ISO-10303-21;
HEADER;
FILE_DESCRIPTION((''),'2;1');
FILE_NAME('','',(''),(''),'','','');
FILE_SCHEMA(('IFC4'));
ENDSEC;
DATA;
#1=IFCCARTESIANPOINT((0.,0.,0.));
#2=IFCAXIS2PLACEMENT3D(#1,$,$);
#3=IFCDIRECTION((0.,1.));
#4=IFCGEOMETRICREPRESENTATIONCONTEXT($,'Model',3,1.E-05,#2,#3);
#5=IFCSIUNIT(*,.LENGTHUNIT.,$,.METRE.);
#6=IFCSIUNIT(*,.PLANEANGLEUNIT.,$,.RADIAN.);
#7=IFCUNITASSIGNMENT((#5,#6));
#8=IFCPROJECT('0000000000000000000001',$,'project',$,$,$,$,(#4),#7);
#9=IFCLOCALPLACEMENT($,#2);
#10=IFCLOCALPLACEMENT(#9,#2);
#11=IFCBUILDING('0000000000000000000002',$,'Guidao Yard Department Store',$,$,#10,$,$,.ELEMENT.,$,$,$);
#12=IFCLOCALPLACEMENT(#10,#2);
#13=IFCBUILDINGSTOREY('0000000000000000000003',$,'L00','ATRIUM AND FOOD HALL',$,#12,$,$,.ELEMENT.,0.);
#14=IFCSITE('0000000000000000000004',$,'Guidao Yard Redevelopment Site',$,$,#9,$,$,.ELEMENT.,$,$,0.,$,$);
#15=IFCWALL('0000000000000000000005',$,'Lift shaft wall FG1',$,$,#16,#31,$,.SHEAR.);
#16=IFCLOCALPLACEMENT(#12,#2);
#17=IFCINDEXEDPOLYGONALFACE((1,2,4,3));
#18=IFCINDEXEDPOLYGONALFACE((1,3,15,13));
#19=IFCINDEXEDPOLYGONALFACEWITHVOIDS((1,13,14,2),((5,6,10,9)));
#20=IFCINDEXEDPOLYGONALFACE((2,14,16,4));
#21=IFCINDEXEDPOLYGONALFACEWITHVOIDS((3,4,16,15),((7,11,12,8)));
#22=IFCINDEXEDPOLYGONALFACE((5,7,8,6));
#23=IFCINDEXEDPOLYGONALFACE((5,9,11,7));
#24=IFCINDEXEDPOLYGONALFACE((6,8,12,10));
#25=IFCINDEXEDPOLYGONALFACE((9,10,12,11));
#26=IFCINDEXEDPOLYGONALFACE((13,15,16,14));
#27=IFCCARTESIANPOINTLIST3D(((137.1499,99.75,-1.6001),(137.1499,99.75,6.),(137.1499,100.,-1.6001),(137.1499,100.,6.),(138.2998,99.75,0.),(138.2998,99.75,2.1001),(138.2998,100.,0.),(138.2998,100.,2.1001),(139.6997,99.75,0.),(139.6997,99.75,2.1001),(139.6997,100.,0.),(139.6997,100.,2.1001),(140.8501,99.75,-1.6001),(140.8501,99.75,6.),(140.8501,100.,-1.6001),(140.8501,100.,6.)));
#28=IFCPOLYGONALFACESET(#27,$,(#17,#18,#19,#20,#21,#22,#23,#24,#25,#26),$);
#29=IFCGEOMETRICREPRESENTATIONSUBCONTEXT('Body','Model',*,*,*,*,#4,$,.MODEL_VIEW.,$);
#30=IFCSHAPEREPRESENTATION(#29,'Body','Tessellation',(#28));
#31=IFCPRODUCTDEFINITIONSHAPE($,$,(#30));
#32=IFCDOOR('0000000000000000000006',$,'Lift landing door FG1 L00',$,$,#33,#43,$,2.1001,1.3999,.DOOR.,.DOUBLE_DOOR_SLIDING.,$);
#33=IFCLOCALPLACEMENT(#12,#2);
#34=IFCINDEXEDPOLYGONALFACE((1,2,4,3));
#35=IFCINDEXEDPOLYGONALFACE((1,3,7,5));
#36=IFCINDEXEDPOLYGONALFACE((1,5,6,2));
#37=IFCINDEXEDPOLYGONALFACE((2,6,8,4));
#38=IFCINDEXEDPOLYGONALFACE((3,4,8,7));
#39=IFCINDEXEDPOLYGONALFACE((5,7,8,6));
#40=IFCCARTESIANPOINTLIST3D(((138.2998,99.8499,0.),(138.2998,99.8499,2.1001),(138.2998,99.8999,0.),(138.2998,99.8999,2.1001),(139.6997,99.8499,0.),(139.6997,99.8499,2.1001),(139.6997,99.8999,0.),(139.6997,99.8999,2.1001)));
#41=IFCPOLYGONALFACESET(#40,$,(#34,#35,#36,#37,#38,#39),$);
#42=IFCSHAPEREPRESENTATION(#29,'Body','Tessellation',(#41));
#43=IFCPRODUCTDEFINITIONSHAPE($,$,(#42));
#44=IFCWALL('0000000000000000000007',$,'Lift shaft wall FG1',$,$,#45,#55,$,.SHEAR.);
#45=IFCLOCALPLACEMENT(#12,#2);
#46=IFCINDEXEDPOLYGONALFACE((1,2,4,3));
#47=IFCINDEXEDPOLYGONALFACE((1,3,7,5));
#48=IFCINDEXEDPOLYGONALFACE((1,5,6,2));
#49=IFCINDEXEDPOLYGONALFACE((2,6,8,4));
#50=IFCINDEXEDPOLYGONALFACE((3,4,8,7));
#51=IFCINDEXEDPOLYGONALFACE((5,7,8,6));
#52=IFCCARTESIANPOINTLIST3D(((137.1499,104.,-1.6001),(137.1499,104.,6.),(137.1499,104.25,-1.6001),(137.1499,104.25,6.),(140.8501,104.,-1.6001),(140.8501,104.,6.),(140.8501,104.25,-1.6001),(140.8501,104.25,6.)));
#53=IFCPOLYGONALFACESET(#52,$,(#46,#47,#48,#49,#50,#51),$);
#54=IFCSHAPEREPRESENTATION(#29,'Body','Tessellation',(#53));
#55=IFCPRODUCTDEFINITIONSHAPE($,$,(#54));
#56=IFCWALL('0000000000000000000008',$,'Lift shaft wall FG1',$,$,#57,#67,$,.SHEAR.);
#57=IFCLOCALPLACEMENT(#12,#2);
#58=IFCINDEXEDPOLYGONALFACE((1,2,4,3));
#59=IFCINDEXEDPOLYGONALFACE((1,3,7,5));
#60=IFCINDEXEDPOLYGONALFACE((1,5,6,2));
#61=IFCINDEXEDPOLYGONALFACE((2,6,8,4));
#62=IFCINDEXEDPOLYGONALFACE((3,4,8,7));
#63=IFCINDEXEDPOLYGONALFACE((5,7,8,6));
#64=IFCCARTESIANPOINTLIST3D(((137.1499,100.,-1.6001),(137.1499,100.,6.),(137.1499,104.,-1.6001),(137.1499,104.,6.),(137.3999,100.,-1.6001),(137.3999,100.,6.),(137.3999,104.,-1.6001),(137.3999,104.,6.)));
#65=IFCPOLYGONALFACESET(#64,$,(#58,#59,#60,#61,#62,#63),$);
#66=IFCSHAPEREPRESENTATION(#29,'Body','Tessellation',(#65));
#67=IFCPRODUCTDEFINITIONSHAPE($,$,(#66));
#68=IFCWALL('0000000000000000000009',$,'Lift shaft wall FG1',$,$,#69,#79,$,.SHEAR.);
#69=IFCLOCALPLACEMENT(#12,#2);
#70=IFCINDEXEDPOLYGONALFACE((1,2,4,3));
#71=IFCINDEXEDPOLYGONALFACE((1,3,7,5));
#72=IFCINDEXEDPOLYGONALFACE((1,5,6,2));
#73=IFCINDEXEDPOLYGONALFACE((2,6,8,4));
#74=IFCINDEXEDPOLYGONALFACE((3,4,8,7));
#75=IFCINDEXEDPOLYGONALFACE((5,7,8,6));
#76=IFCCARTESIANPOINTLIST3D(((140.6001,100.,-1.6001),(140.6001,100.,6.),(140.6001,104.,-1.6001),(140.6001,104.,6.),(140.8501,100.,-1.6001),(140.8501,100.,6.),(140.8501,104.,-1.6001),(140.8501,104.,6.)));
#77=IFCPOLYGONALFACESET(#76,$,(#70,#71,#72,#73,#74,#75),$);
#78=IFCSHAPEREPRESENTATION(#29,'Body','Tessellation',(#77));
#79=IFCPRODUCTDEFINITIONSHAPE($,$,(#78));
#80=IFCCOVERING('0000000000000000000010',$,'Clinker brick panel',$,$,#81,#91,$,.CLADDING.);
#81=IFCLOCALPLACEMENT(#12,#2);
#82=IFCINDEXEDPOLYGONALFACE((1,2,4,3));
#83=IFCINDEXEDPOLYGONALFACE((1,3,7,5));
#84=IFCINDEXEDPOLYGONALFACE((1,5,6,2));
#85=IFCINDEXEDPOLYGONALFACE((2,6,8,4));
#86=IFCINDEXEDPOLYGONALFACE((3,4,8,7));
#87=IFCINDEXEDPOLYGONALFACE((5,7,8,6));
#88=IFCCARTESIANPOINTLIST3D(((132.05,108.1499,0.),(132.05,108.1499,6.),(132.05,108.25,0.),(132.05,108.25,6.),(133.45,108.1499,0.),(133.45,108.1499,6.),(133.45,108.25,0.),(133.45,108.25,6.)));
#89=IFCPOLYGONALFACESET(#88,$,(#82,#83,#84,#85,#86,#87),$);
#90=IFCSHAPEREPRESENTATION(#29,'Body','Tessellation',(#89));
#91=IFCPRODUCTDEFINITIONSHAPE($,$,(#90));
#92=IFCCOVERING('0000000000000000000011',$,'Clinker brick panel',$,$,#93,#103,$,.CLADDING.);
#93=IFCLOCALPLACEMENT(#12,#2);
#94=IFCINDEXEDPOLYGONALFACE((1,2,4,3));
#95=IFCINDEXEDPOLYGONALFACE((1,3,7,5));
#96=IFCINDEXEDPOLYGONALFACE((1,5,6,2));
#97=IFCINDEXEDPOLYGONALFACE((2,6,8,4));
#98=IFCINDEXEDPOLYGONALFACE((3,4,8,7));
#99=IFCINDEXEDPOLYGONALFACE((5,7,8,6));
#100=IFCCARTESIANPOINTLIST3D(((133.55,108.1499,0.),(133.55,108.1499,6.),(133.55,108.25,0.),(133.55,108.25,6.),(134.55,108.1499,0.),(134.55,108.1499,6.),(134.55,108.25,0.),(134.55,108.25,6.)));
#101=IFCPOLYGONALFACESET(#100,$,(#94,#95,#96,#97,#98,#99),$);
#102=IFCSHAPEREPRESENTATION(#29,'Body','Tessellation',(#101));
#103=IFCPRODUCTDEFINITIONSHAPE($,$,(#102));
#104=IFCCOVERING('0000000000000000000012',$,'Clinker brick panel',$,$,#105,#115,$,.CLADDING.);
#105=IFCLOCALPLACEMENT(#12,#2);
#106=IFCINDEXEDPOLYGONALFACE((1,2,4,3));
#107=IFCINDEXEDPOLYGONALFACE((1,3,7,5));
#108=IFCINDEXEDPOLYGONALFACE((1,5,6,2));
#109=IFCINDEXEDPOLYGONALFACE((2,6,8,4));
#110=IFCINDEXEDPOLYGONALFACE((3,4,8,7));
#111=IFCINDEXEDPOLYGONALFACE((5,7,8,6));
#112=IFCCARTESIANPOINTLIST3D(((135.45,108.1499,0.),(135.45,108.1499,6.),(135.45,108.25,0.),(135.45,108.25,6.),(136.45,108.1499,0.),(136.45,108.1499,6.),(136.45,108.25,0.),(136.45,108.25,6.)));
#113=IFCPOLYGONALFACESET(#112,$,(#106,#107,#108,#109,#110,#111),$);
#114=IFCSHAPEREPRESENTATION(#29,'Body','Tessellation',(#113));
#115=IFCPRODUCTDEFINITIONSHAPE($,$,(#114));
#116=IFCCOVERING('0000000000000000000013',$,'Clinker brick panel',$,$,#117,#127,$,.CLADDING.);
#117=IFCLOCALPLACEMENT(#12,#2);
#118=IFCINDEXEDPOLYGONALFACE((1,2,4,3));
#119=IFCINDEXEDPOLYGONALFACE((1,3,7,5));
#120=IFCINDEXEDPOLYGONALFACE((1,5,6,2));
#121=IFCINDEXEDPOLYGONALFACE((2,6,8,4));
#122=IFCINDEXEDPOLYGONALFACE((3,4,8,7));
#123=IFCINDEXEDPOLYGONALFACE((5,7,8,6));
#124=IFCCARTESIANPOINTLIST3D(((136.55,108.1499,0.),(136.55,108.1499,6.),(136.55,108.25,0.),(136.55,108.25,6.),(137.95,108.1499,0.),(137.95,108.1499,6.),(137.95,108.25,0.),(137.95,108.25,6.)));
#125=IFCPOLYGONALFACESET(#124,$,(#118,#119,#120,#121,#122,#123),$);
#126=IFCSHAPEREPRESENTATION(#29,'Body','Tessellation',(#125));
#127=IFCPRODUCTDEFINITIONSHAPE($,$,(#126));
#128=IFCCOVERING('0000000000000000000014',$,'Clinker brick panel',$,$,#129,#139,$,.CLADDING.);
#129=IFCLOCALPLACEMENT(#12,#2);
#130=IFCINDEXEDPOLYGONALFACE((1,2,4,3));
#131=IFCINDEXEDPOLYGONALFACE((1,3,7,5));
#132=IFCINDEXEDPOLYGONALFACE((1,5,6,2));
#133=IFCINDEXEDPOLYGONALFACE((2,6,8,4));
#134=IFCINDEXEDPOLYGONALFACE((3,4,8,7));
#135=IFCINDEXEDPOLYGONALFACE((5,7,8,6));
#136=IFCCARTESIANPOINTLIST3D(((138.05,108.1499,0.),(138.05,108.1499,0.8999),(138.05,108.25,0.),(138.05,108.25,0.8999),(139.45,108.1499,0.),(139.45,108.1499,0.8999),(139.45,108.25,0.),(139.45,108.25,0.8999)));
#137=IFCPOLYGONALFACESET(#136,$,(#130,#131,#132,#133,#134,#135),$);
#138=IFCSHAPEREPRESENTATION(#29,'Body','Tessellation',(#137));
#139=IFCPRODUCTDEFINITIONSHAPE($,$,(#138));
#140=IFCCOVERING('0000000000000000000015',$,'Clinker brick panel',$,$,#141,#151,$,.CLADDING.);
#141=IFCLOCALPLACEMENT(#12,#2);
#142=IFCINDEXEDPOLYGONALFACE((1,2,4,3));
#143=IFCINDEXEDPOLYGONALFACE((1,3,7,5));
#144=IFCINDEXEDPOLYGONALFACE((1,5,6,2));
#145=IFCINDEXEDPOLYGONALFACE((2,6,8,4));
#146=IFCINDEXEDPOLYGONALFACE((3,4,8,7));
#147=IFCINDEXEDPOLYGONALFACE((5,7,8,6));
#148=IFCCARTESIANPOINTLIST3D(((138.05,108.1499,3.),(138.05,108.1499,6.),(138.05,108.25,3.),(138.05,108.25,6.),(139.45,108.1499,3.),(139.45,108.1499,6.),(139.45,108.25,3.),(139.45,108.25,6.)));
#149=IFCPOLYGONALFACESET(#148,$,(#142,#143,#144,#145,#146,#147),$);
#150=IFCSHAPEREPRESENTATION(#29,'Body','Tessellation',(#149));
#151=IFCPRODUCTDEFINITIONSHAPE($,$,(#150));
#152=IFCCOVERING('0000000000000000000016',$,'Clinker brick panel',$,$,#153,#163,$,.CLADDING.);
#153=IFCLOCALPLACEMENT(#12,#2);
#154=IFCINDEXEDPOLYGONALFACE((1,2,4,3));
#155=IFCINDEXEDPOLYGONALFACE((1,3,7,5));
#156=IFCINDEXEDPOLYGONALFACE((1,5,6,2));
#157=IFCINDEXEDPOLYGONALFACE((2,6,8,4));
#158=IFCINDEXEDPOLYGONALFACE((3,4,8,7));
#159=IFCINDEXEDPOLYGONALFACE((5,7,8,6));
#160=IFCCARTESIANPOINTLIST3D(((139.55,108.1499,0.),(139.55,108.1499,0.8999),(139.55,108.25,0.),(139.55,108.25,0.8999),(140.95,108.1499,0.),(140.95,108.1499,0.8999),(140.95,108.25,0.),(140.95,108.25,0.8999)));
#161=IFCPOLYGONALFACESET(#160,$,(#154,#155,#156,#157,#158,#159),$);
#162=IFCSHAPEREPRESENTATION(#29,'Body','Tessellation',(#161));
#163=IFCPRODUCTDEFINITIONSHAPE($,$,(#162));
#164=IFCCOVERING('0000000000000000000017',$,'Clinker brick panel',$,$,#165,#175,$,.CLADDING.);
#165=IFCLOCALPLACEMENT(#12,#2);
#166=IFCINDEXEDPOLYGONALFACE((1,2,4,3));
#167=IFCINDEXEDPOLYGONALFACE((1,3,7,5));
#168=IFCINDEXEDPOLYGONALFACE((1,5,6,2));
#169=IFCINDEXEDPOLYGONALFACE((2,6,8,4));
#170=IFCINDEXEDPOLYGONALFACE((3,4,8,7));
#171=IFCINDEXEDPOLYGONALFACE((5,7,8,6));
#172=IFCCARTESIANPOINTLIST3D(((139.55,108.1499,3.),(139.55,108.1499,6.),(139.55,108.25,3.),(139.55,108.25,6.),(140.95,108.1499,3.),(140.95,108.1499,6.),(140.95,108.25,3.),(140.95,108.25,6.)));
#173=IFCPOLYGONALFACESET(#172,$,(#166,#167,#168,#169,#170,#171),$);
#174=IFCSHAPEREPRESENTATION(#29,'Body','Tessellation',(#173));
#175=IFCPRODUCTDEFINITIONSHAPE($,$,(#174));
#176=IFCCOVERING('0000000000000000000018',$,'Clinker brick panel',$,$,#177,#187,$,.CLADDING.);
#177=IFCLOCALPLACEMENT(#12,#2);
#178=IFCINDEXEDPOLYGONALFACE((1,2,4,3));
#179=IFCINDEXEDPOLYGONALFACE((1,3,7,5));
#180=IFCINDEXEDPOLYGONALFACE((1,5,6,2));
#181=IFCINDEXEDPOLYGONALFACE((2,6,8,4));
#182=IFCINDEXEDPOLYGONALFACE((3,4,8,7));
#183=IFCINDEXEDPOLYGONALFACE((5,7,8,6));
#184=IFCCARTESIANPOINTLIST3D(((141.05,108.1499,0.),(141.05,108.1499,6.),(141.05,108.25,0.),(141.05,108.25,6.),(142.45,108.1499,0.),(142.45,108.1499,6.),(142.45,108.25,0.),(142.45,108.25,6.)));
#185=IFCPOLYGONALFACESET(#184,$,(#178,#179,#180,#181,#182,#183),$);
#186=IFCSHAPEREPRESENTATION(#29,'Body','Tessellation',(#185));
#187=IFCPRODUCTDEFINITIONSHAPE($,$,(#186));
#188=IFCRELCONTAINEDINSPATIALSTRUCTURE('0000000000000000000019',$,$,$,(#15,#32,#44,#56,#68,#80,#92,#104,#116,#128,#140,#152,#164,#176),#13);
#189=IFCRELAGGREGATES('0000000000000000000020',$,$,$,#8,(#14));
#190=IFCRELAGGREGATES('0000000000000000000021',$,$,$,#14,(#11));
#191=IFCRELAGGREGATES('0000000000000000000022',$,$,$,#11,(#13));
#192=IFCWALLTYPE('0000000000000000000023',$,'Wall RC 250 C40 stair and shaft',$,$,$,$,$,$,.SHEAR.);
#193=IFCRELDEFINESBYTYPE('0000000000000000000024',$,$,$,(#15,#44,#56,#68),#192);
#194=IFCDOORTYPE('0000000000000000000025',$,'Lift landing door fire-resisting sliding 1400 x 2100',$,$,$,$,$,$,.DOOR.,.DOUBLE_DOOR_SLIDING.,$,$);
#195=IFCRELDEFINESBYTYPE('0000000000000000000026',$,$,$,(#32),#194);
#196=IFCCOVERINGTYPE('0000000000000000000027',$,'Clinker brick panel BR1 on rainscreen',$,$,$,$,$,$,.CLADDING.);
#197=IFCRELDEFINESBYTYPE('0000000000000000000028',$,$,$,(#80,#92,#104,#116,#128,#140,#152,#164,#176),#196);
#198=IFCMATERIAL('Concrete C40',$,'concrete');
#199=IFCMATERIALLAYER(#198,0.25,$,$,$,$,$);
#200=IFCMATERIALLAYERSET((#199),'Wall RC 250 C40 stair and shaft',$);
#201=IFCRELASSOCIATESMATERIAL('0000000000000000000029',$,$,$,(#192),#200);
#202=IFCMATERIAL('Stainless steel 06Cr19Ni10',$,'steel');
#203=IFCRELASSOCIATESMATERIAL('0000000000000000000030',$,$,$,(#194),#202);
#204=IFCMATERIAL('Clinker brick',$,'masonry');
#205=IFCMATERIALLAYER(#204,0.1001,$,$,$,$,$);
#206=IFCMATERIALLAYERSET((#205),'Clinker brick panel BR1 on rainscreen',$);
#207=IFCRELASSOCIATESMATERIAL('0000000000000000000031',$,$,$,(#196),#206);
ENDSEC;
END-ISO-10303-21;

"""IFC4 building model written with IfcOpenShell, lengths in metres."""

from ifc_helpers import new_model, si_unit, direction, frame, frame_2d, origin, origin_2d, place, context, subcontext, project, spatial, rectangle, extrude, material, layer, layer_set, type_object, element, fill, save


model = new_model("IFC4")

# Units and contexts
model_context = context("Model", 3, precision=1e-05, world=origin(), true_north=direction((0.0, 1.0)))
body_context = subcontext(model_context, "Body", "Model", "MODEL_VIEW")
ifc_project = project(units=[si_unit("LENGTHUNIT", "METRE"), si_unit("PLANEANGLEUNIT", "RADIAN")], contexts=[model_context])

# Site, building, storey
site_placement = place(None, origin())
site = spatial("IfcSite", under=ifc_project, at=site_placement, Name="Guidao Yard Redevelopment Site", CompositionType="ELEMENT", RefElevation=0.0)
building_placement = place(site_placement, origin())
building = spatial("IfcBuilding", under=site, at=building_placement, Name="Guidao Yard Department Store", CompositionType="ELEMENT")
storey_placement = place(building_placement, origin())
storey = spatial("IfcBuildingStorey", under=building, at=storey_placement, Name="L00", Description="ATRIUM AND FOOD HALL", CompositionType="ELEMENT", Elevation=0.0)

# Wall, opening, door
ifc_material_1 = material(Name="Concrete C40", Category="concrete")
ifc_layer_1 = layer(ifc_material_1, 0.25)
ifc_layer_set_1 = layer_set([ifc_layer_1], Name="Wall RC 250 C40 stair and shaft")
wall_type_1 = type_object("IfcWallType", Name="Wall RC 250 C40 stair and shaft", PredefinedType="SHEAR", material=ifc_layer_set_1)
wall_1_placement = place(storey_placement, frame((137.1499, 99.875, -1.6001), z_axis=(0.0, 0.0, 1.0), x_axis=(1.0, 0.0, 0.0)))
wall_1 = element("IfcWall", 1, at=wall_1_placement, inside=storey, type_object=wall_type_1, Name="Lift shaft wall FG1", PredefinedType="SHEAR", context=body_context, shape_type="SweptSolid", body=[
    extrude(rectangle(XDim=3.7002, YDim=0.25, at=frame_2d((1.8501, 0.0))), origin(), (0.0, 0.0, 1.0), 7.6001),
])
opening_1_placement = place(wall_1_placement, frame((1.1499, 0.0, 1.6001)))
opening_1 = element("IfcOpeningElement", 2, at=opening_1_placement, cuts=wall_1, PredefinedType="OPENING", context=body_context, shape_type="SweptSolid", body=[
    extrude(rectangle(XDim=1.3999, YDim=2.1001, at=frame_2d((0.7, 1.05))), frame((0.0, 0.135, 0.0), z_axis=(0.0, -1.0, 0.0), x_axis=(1.0, 0.0, 0.0)), (0.0, 0.0, 1.0), 0.27),
])
ifc_material_2 = material(Name="Stainless steel 06Cr19Ni10", Category="steel")
door_type_1 = type_object("IfcDoorType", Name="Lift landing door fire-resisting sliding 1400 x 2100", OperationType="DOUBLE_DOOR_SLIDING", PredefinedType="DOOR", material=ifc_material_2)
door_1_placement = place(opening_1_placement, origin())
door_1 = element("IfcDoor", 3, at=door_1_placement, inside=storey, type_object=door_type_1, Name="Lift landing door FG1 L00", OperationType="DOUBLE_DOOR_SLIDING", OverallHeight=2.1001, OverallWidth=1.3999, PredefinedType="DOOR", context=body_context, shape_type="SweptSolid", body=[
    extrude(rectangle(XDim=1.3999, YDim=2.1001, at=frame_2d((0.7, 1.05))), frame((0.0, 0.0249, 0.0), z_axis=(0.0, -1.0, 0.0), x_axis=(1.0, 0.0, 0.0)), (0.0, 0.0, 1.0), 0.05),
])
fill(opening_1, door_1)

# Walls
wall_2_placement = place(storey_placement, frame((137.1499, 104.125, -1.6001), z_axis=(0.0, 0.0, 1.0), x_axis=(1.0, 0.0, 0.0)))
element("IfcWall", 4, at=wall_2_placement, inside=storey, type_object=wall_type_1, Name="Lift shaft wall FG1", PredefinedType="SHEAR", context=body_context, shape_type="SweptSolid", body=[
    extrude(rectangle(XDim=3.7002, YDim=0.25, at=frame_2d((1.8501, 0.0))), origin(), (0.0, 0.0, 1.0), 7.6001),
])
for number, where, z_axis, x_axis, name in (
    (5, (137.2749, 100.0, -1.6001), (0.0, 0.0, 1.0), (0.0, 1.0, 0.0), "Lift shaft wall FG1"),
    (6, (140.7251, 100.0, -1.6001), (0.0, 0.0, 1.0), (0.0, 1.0, 0.0), "Lift shaft wall FG1"),
):
    element("IfcWall", number, at=place(storey_placement, frame(where, z_axis=z_axis, x_axis=x_axis)), inside=storey, type_object=wall_type_1, Name=name, PredefinedType="SHEAR", context=body_context, shape_type="SweptSolid", body=[
        extrude(rectangle(XDim=4.0, YDim=0.25, at=frame_2d((2.0, 0.0))), origin(), (0.0, 0.0, 1.0), 7.6001),
    ])

# Coverings
ifc_material_3 = material(Name="Clinker brick", Category="masonry")
ifc_layer_2 = layer(ifc_material_3, 0.1001)
ifc_layer_set_2 = layer_set([ifc_layer_2], Name="Clinker brick panel BR1 on rainscreen")
covering_type = type_object("IfcCoveringType", Name="Clinker brick panel BR1 on rainscreen", PredefinedType="CLADDING", material=ifc_layer_set_2)
covering_1_placement = place(storey_placement, frame((132.75, 108.2, 0.0), z_axis=(0.0, 0.0, 1.0), x_axis=(1.0, 0.0, 0.0)))
element("IfcCovering", 7, at=covering_1_placement, inside=storey, type_object=covering_type, Name="Clinker brick panel", PredefinedType="CLADDING", context=body_context, shape_type="SweptSolid", body=[
    extrude(rectangle(XDim=1.3999, YDim=0.1001, at=origin_2d()), origin(), (0.0, 0.0, 1.0), 6.0),
])
for number, where, z_axis, x_axis, name in (
    (8, (134.05, 108.2, 0.0), (0.0, 0.0, 1.0), (1.0, 0.0, 0.0), "Clinker brick panel"),
    (9, (135.95, 108.2, 0.0), (0.0, 0.0, 1.0), (1.0, 0.0, 0.0), "Clinker brick panel"),
):
    element("IfcCovering", number, at=place(storey_placement, frame(where, z_axis=z_axis, x_axis=x_axis)), inside=storey, type_object=covering_type, Name=name, PredefinedType="CLADDING", context=body_context, shape_type="SweptSolid", body=[
        extrude(rectangle(XDim=1.0, YDim=0.1001, at=origin_2d()), origin(), (0.0, 0.0, 1.0), 6.0),
    ])
covering_2_placement = place(storey_placement, frame((137.25, 108.2, 0.0), z_axis=(0.0, 0.0, 1.0), x_axis=(1.0, 0.0, 0.0)))
element("IfcCovering", 10, at=covering_2_placement, inside=storey, type_object=covering_type, Name="Clinker brick panel", PredefinedType="CLADDING", context=body_context, shape_type="SweptSolid", body=[
    extrude(rectangle(XDim=1.3999, YDim=0.1001, at=origin_2d()), origin(), (0.0, 0.0, 1.0), 6.0),
])
covering_3_placement = place(storey_placement, frame((138.75, 108.2, 0.0), z_axis=(0.0, 0.0, 1.0), x_axis=(1.0, 0.0, 0.0)))
element("IfcCovering", 11, at=covering_3_placement, inside=storey, type_object=covering_type, Name="Clinker brick panel", PredefinedType="CLADDING", context=body_context, shape_type="SweptSolid", body=[
    extrude(rectangle(XDim=1.3999, YDim=0.1001, at=origin_2d()), origin(), (0.0, 0.0, 1.0), 0.8999),
])
covering_4_placement = place(storey_placement, frame((138.75, 108.2, 3.0), z_axis=(0.0, 0.0, 1.0), x_axis=(1.0, 0.0, 0.0)))
element("IfcCovering", 12, at=covering_4_placement, inside=storey, type_object=covering_type, Name="Clinker brick panel", PredefinedType="CLADDING", context=body_context, shape_type="SweptSolid", body=[
    extrude(rectangle(XDim=1.3999, YDim=0.1001, at=origin_2d()), origin(), (0.0, 0.0, 1.0), 3.0),
])
covering_5_placement = place(storey_placement, frame((140.25, 108.2, 0.0), z_axis=(0.0, 0.0, 1.0), x_axis=(1.0, 0.0, 0.0)))
element("IfcCovering", 13, at=covering_5_placement, inside=storey, type_object=covering_type, Name="Clinker brick panel", PredefinedType="CLADDING", context=body_context, shape_type="SweptSolid", body=[
    extrude(rectangle(XDim=1.3999, YDim=0.1001, at=origin_2d()), origin(), (0.0, 0.0, 1.0), 0.8999),
])
covering_6_placement = place(storey_placement, frame((140.25, 108.2, 3.0), z_axis=(0.0, 0.0, 1.0), x_axis=(1.0, 0.0, 0.0)))
element("IfcCovering", 14, at=covering_6_placement, inside=storey, type_object=covering_type, Name="Clinker brick panel", PredefinedType="CLADDING", context=body_context, shape_type="SweptSolid", body=[
    extrude(rectangle(XDim=1.3999, YDim=0.1001, at=origin_2d()), origin(), (0.0, 0.0, 1.0), 3.0),
])
covering_7_placement = place(storey_placement, frame((141.75, 108.2, 0.0), z_axis=(0.0, 0.0, 1.0), x_axis=(1.0, 0.0, 0.0)))
element("IfcCovering", 15, at=covering_7_placement, inside=storey, type_object=covering_type, Name="Clinker brick panel", PredefinedType="CLADDING", context=body_context, shape_type="SweptSolid", body=[
    extrude(rectangle(XDim=1.3999, YDim=0.1001, at=origin_2d()), origin(), (0.0, 0.0, 1.0), 6.0),
])

save(model, "model.ifc")
